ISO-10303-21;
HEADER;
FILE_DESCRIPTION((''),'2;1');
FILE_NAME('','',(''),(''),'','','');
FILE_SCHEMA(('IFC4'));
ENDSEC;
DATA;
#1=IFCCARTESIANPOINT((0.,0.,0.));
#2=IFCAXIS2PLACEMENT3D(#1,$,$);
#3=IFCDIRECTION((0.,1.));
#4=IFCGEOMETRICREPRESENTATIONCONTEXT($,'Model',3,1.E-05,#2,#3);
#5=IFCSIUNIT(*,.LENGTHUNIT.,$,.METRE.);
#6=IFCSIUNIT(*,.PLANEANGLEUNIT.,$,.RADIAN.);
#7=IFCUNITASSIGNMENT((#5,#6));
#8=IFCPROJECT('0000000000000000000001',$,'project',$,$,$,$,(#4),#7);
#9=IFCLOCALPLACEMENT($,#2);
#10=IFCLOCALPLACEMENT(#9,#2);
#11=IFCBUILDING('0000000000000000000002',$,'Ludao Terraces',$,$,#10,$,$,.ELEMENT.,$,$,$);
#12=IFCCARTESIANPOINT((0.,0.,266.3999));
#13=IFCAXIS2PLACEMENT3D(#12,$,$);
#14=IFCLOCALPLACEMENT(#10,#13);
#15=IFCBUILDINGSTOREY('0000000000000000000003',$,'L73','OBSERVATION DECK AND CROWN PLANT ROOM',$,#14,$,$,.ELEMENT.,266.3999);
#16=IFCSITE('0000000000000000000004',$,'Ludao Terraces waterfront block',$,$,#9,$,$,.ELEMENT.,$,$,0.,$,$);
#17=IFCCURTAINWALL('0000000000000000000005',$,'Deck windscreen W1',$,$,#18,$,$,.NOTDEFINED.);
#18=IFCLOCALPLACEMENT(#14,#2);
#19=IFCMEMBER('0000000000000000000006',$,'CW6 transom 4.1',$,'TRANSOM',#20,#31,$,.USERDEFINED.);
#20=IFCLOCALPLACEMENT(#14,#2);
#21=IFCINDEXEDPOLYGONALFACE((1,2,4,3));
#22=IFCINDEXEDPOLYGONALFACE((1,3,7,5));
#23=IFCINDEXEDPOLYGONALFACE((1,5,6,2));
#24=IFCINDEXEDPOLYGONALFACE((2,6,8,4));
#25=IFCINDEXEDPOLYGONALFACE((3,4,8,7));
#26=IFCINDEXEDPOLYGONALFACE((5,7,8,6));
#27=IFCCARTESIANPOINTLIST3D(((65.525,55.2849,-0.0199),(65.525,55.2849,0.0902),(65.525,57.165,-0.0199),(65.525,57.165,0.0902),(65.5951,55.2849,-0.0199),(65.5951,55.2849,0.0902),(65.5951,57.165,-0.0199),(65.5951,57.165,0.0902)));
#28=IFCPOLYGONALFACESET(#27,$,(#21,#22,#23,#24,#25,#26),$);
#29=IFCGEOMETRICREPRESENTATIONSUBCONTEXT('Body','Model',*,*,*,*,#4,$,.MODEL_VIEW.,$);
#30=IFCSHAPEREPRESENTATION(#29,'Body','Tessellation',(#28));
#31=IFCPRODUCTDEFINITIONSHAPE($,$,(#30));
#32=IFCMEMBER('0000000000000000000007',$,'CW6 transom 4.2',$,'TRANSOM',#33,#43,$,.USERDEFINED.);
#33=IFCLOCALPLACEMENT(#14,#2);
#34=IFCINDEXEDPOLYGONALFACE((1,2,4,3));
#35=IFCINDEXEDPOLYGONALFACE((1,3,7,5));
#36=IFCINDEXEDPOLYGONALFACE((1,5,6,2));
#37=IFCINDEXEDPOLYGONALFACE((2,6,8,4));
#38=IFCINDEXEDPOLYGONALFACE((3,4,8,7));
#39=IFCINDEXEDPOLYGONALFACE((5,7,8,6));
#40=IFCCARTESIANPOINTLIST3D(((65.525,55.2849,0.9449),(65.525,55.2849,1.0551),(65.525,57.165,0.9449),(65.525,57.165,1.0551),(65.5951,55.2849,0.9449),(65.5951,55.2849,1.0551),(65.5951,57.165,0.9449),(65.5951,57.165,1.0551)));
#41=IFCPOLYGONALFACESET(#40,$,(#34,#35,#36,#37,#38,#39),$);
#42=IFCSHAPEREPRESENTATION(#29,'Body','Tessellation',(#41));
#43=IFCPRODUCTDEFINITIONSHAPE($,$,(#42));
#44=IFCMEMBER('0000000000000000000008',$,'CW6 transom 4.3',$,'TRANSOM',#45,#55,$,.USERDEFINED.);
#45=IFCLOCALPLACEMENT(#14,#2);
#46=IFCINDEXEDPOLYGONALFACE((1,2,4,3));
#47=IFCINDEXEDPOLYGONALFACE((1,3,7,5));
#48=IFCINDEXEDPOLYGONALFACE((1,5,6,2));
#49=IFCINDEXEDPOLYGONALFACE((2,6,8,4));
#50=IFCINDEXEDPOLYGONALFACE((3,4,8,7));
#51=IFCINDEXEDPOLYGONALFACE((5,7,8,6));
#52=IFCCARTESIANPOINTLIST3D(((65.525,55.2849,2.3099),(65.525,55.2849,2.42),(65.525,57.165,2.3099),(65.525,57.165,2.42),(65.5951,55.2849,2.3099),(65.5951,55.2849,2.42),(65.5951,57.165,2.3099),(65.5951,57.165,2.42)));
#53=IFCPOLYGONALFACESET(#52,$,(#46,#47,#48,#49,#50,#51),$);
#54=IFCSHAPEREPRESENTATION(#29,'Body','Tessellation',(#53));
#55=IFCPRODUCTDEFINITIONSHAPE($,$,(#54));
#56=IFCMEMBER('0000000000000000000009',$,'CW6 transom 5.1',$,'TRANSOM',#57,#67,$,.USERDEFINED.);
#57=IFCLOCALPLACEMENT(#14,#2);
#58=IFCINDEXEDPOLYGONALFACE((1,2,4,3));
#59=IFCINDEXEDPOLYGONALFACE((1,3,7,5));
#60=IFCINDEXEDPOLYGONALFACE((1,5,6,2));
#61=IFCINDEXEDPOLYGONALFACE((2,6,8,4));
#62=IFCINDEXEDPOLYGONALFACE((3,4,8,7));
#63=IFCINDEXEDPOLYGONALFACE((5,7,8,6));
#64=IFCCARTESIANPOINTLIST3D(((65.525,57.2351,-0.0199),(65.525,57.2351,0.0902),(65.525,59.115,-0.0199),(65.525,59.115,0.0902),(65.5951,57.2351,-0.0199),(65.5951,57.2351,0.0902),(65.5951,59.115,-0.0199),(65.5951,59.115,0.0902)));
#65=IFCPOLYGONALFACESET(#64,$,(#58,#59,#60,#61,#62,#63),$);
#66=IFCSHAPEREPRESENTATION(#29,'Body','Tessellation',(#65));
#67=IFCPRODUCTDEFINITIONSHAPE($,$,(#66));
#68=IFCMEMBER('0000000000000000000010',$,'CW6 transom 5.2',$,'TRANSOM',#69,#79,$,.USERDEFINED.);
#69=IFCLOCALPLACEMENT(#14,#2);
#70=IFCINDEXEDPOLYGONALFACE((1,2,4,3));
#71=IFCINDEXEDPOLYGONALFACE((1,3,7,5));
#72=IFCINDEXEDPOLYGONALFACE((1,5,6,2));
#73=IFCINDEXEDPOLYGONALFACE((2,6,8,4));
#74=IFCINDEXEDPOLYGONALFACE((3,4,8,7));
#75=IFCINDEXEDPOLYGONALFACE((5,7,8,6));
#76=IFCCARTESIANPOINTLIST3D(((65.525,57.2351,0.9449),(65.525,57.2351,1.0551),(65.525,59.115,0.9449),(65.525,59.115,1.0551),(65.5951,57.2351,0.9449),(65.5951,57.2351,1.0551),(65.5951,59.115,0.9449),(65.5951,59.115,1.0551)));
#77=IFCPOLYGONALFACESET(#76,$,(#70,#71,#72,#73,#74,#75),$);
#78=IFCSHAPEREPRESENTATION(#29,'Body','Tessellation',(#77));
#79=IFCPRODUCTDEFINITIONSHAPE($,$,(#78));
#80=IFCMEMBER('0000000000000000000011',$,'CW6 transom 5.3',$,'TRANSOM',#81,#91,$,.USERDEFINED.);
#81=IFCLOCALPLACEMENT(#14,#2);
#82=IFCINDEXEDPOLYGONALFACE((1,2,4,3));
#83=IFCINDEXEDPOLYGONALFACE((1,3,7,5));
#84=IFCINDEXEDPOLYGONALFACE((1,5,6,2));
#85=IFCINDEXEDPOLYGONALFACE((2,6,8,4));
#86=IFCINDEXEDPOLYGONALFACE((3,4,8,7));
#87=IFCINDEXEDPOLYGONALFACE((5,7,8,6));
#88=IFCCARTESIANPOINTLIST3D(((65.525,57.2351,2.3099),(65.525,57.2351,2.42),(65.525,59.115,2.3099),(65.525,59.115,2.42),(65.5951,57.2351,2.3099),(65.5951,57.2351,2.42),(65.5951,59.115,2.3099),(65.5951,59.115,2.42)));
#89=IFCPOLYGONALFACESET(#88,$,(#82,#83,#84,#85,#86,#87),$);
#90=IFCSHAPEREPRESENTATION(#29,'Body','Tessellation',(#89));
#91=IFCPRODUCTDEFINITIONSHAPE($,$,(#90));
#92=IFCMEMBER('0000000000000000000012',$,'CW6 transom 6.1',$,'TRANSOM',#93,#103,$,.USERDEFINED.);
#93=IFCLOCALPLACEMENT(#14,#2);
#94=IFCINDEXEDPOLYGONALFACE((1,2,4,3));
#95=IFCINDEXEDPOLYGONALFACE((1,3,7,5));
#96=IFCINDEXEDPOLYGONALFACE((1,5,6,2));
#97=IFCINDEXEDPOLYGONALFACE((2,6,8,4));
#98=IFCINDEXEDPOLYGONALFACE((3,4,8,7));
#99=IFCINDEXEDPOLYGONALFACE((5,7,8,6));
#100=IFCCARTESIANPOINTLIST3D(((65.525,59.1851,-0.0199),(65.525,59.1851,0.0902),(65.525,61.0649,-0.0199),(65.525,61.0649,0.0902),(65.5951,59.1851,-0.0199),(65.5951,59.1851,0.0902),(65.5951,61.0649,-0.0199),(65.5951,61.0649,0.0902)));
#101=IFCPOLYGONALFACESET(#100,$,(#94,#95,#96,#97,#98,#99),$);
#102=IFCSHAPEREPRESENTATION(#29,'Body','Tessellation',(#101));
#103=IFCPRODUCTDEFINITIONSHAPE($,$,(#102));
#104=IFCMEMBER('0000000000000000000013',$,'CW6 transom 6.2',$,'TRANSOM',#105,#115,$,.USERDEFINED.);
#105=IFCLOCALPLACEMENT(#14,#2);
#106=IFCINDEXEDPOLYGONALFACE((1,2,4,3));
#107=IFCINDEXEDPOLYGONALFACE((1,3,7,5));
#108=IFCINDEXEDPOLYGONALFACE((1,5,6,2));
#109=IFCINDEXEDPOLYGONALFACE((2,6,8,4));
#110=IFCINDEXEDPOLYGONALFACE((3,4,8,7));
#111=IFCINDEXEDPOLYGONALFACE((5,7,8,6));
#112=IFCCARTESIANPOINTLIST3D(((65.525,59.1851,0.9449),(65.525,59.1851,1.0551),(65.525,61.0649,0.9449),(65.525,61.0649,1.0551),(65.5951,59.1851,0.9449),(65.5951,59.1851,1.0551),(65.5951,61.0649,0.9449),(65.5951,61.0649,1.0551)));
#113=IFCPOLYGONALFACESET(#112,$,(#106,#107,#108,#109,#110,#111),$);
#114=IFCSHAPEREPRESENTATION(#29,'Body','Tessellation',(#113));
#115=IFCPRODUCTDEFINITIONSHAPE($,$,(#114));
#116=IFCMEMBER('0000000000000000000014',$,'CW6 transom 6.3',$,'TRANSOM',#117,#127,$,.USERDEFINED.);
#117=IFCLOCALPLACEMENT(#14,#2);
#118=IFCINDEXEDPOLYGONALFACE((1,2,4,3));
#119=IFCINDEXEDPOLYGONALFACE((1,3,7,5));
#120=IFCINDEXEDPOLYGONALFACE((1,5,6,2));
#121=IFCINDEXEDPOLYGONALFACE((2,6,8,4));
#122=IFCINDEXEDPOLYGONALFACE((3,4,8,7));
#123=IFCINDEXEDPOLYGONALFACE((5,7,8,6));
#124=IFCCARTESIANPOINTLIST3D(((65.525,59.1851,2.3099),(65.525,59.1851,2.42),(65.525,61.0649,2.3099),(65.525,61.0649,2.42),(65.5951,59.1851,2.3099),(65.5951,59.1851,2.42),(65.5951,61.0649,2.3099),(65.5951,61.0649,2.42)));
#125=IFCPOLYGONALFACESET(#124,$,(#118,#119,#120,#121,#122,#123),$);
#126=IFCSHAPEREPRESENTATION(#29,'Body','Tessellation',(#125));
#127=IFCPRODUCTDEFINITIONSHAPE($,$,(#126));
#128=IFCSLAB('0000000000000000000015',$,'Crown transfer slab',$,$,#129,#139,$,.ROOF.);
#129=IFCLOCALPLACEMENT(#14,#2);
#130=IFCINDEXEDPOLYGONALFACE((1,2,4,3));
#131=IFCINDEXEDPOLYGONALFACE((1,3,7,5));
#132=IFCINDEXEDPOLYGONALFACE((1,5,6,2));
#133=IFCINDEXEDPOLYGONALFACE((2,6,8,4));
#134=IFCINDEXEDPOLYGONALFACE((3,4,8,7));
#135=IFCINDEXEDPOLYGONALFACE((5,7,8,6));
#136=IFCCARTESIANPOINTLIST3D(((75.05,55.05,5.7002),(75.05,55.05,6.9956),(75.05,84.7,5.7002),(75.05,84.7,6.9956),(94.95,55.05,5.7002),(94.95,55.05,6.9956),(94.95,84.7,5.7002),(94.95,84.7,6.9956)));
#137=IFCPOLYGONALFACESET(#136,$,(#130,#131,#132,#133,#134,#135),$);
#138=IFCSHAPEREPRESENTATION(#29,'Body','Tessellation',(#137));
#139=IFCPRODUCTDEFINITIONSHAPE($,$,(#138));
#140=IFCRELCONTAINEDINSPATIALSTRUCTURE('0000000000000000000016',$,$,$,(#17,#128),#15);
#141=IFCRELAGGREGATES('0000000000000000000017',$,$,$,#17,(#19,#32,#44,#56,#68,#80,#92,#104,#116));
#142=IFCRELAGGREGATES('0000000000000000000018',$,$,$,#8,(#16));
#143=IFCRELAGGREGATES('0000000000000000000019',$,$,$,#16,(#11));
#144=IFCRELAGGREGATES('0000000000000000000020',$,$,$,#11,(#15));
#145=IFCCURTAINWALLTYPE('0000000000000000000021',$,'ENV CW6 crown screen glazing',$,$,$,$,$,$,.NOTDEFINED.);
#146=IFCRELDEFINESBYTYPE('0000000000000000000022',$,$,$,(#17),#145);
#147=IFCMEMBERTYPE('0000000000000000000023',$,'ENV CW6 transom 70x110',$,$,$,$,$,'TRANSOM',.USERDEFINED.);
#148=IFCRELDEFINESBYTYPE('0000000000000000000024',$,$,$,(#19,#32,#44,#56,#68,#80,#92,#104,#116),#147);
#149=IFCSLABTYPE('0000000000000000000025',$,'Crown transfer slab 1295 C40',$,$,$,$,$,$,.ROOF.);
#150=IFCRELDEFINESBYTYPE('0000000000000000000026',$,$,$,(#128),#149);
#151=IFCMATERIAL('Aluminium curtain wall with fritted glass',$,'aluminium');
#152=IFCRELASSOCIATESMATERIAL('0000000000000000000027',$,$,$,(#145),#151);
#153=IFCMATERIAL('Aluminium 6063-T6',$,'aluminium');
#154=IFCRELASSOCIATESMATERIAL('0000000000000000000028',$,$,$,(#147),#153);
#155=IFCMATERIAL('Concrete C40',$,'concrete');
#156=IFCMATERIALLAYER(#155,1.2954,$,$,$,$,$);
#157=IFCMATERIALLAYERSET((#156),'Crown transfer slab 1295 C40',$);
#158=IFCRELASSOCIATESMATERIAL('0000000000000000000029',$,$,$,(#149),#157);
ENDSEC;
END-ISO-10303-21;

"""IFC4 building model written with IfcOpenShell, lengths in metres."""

from ifc_helpers import new_model, si_unit, direction, frame, origin, origin_2d, place, context, subcontext, project, spatial, polyline, rectangle, outline, extrude, material, layer, layer_set, material_profile, profile_set, type_object, element, aggregate, save


model = new_model("IFC4")

# Units and contexts
model_context = context("Model", 3, precision=1e-05, world=origin(), true_north=direction((0.0, 1.0)))
body_context = subcontext(model_context, "Body", "Model", "MODEL_VIEW")
ifc_project = project(units=[si_unit("LENGTHUNIT", "METRE"), si_unit("PLANEANGLEUNIT", "RADIAN")], contexts=[model_context])

# Site, building, storey
site_placement = place(None, origin())
site = spatial("IfcSite", under=ifc_project, at=site_placement, Name="Ludao Terraces waterfront block", CompositionType="ELEMENT", RefElevation=0.0)
building_placement = place(site_placement, origin())
building = spatial("IfcBuilding", under=site, at=building_placement, Name="Ludao Terraces", CompositionType="ELEMENT")
storey_placement = place(building_placement, frame((0.0, 0.0, 266.3999)))
storey = spatial("IfcBuildingStorey", under=building, at=storey_placement, Name="L73", Description="OBSERVATION DECK AND CROWN PLANT ROOM", CompositionType="ELEMENT", Elevation=266.3999)

# Curtain wall, members
ifc_material_1 = material(Name="Aluminium curtain wall with fritted glass", Category="aluminium")
curtain_wall_type = type_object("IfcCurtainWallType", Name="ENV CW6 crown screen glazing", PredefinedType="NOTDEFINED", material=ifc_material_1)
curtain_wall_placement = place(storey_placement, origin())
curtain_wall = element("IfcCurtainWall", 1, at=curtain_wall_placement, inside=storey, type_object=curtain_wall_type, Name="Deck windscreen W1", PredefinedType="NOTDEFINED")
ifc_material_2 = material(Name="Aluminium 6063-T6", Category="aluminium")
ifc_material_profile_1 = material_profile(ifc_material_2, rectangle(XDim=0.0701, YDim=0.1101, at=origin_2d()), Name="70 X 110")
ifc_profile_set_1 = profile_set([ifc_material_profile_1], Name="Aluminium 6063-T6")
member_type_1 = type_object("IfcMemberType", Name="ENV CW6 transom 70x110", ElementType="TRANSOM", PredefinedType="USERDEFINED", material=ifc_profile_set_1)
member_1_placement = place(storey_placement, frame((65.5601, 55.2849, 0.0352), z_axis=(0.0, 1.0, 0.0), x_axis=(-1.0, 0.0, 0.0)))
member_1 = element("IfcMember", 2, at=member_1_placement, type_object=member_type_1, Name="CW6 transom 4.1", ObjectType="TRANSOM", PredefinedType="USERDEFINED", context=body_context, shape_type="SweptSolid", body=[
    extrude(rectangle(XDim=0.0701, YDim=0.1101, at=origin_2d()), origin(), (0.0, 0.0, 1.0), 1.8801),
])
member_2_placement = place(storey_placement, frame((65.5601, 55.2849, 1.0), z_axis=(0.0, 1.0, 0.0), x_axis=(-1.0, 0.0, 0.0)))
member_2 = element("IfcMember", 3, at=member_2_placement, type_object=member_type_1, Name="CW6 transom 4.2", ObjectType="TRANSOM", PredefinedType="USERDEFINED", context=body_context, shape_type="SweptSolid", body=[
    extrude(rectangle(XDim=0.0701, YDim=0.1101, at=origin_2d()), origin(), (0.0, 0.0, 1.0), 1.8801),
])
member_3_placement = place(storey_placement, frame((65.5601, 55.2849, 2.365), z_axis=(0.0, 1.0, 0.0), x_axis=(-1.0, 0.0, 0.0)))
member_3 = element("IfcMember", 4, at=member_3_placement, type_object=member_type_1, Name="CW6 transom 4.3", ObjectType="TRANSOM", PredefinedType="USERDEFINED", context=body_context, shape_type="SweptSolid", body=[
    extrude(rectangle(XDim=0.0701, YDim=0.1101, at=origin_2d()), origin(), (0.0, 0.0, 1.0), 1.8801),
])
member_4_placement = place(storey_placement, frame((65.5601, 57.2351, 0.0352), z_axis=(0.0, 1.0, 0.0), x_axis=(-1.0, 0.0, 0.0)))
member_4 = element("IfcMember", 5, at=member_4_placement, type_object=member_type_1, Name="CW6 transom 5.1", ObjectType="TRANSOM", PredefinedType="USERDEFINED", context=body_context, shape_type="SweptSolid", body=[
    extrude(rectangle(XDim=0.0701, YDim=0.1101, at=origin_2d()), origin(), (0.0, 0.0, 1.0), 1.8799),
])
member_5_placement = place(storey_placement, frame((65.5601, 57.2351, 1.0), z_axis=(0.0, 1.0, 0.0), x_axis=(-1.0, 0.0, 0.0)))
member_5 = element("IfcMember", 6, at=member_5_placement, type_object=member_type_1, Name="CW6 transom 5.2", ObjectType="TRANSOM", PredefinedType="USERDEFINED", context=body_context, shape_type="SweptSolid", body=[
    extrude(rectangle(XDim=0.0701, YDim=0.1101, at=origin_2d()), origin(), (0.0, 0.0, 1.0), 1.8799),
])
member_6_placement = place(storey_placement, frame((65.5601, 57.2351, 2.365), z_axis=(0.0, 1.0, 0.0), x_axis=(-1.0, 0.0, 0.0)))
member_6 = element("IfcMember", 7, at=member_6_placement, type_object=member_type_1, Name="CW6 transom 5.3", ObjectType="TRANSOM", PredefinedType="USERDEFINED", context=body_context, shape_type="SweptSolid", body=[
    extrude(rectangle(XDim=0.0701, YDim=0.1101, at=origin_2d()), origin(), (0.0, 0.0, 1.0), 1.8799),
])
member_7_placement = place(storey_placement, frame((65.5601, 59.1851, 0.0352), z_axis=(0.0, 1.0, 0.0), x_axis=(-1.0, 0.0, 0.0)))
member_7 = element("IfcMember", 8, at=member_7_placement, type_object=member_type_1, Name="CW6 transom 6.1", ObjectType="TRANSOM", PredefinedType="USERDEFINED", context=body_context, shape_type="SweptSolid", body=[
    extrude(rectangle(XDim=0.0701, YDim=0.1101, at=origin_2d()), origin(), (0.0, 0.0, 1.0), 1.8799),
])
member_8_placement = place(storey_placement, frame((65.5601, 59.1851, 1.0), z_axis=(0.0, 1.0, 0.0), x_axis=(-1.0, 0.0, 0.0)))
member_8 = element("IfcMember", 9, at=member_8_placement, type_object=member_type_1, Name="CW6 transom 6.2", ObjectType="TRANSOM", PredefinedType="USERDEFINED", context=body_context, shape_type="SweptSolid", body=[
    extrude(rectangle(XDim=0.0701, YDim=0.1101, at=origin_2d()), origin(), (0.0, 0.0, 1.0), 1.8799),
])
member_9_placement = place(storey_placement, frame((65.5601, 59.1851, 2.365), z_axis=(0.0, 1.0, 0.0), x_axis=(-1.0, 0.0, 0.0)))
member_9 = element("IfcMember", 10, at=member_9_placement, type_object=member_type_1, Name="CW6 transom 6.3", ObjectType="TRANSOM", PredefinedType="USERDEFINED", context=body_context, shape_type="SweptSolid", body=[
    extrude(rectangle(XDim=0.0701, YDim=0.1101, at=origin_2d()), origin(), (0.0, 0.0, 1.0), 1.8799),
])

# Slab
ifc_material_3 = material(Name="Concrete C40", Category="concrete")
ifc_layer_1 = layer(ifc_material_3, 1.2954)
ifc_layer_set_1 = layer_set([ifc_layer_1], Name="Crown transfer slab 1295 C40")
slab_type_1 = type_object("IfcSlabType", Name="Crown transfer slab 1295 C40", PredefinedType="ROOF", material=ifc_layer_set_1)
slab_1_placement = place(storey_placement, frame((0.0, 0.0, 5.7002)))
element("IfcSlab", 11, at=slab_1_placement, inside=storey, type_object=slab_type_1, Name="Crown transfer slab", PredefinedType="ROOF", context=body_context, shape_type="SweptSolid", body=[
    extrude(outline(polyline([(75.05, 55.05), (94.95, 55.05), (94.95, 84.7), (75.05, 84.7), (75.05, 55.05)])), origin(), (0.0, 0.0, 1.0), 1.2954),
])

aggregate(curtain_wall, [member_1, member_2, member_3, member_4, member_5, member_6, member_7, member_8, member_9])

save(model, "model.ifc")
